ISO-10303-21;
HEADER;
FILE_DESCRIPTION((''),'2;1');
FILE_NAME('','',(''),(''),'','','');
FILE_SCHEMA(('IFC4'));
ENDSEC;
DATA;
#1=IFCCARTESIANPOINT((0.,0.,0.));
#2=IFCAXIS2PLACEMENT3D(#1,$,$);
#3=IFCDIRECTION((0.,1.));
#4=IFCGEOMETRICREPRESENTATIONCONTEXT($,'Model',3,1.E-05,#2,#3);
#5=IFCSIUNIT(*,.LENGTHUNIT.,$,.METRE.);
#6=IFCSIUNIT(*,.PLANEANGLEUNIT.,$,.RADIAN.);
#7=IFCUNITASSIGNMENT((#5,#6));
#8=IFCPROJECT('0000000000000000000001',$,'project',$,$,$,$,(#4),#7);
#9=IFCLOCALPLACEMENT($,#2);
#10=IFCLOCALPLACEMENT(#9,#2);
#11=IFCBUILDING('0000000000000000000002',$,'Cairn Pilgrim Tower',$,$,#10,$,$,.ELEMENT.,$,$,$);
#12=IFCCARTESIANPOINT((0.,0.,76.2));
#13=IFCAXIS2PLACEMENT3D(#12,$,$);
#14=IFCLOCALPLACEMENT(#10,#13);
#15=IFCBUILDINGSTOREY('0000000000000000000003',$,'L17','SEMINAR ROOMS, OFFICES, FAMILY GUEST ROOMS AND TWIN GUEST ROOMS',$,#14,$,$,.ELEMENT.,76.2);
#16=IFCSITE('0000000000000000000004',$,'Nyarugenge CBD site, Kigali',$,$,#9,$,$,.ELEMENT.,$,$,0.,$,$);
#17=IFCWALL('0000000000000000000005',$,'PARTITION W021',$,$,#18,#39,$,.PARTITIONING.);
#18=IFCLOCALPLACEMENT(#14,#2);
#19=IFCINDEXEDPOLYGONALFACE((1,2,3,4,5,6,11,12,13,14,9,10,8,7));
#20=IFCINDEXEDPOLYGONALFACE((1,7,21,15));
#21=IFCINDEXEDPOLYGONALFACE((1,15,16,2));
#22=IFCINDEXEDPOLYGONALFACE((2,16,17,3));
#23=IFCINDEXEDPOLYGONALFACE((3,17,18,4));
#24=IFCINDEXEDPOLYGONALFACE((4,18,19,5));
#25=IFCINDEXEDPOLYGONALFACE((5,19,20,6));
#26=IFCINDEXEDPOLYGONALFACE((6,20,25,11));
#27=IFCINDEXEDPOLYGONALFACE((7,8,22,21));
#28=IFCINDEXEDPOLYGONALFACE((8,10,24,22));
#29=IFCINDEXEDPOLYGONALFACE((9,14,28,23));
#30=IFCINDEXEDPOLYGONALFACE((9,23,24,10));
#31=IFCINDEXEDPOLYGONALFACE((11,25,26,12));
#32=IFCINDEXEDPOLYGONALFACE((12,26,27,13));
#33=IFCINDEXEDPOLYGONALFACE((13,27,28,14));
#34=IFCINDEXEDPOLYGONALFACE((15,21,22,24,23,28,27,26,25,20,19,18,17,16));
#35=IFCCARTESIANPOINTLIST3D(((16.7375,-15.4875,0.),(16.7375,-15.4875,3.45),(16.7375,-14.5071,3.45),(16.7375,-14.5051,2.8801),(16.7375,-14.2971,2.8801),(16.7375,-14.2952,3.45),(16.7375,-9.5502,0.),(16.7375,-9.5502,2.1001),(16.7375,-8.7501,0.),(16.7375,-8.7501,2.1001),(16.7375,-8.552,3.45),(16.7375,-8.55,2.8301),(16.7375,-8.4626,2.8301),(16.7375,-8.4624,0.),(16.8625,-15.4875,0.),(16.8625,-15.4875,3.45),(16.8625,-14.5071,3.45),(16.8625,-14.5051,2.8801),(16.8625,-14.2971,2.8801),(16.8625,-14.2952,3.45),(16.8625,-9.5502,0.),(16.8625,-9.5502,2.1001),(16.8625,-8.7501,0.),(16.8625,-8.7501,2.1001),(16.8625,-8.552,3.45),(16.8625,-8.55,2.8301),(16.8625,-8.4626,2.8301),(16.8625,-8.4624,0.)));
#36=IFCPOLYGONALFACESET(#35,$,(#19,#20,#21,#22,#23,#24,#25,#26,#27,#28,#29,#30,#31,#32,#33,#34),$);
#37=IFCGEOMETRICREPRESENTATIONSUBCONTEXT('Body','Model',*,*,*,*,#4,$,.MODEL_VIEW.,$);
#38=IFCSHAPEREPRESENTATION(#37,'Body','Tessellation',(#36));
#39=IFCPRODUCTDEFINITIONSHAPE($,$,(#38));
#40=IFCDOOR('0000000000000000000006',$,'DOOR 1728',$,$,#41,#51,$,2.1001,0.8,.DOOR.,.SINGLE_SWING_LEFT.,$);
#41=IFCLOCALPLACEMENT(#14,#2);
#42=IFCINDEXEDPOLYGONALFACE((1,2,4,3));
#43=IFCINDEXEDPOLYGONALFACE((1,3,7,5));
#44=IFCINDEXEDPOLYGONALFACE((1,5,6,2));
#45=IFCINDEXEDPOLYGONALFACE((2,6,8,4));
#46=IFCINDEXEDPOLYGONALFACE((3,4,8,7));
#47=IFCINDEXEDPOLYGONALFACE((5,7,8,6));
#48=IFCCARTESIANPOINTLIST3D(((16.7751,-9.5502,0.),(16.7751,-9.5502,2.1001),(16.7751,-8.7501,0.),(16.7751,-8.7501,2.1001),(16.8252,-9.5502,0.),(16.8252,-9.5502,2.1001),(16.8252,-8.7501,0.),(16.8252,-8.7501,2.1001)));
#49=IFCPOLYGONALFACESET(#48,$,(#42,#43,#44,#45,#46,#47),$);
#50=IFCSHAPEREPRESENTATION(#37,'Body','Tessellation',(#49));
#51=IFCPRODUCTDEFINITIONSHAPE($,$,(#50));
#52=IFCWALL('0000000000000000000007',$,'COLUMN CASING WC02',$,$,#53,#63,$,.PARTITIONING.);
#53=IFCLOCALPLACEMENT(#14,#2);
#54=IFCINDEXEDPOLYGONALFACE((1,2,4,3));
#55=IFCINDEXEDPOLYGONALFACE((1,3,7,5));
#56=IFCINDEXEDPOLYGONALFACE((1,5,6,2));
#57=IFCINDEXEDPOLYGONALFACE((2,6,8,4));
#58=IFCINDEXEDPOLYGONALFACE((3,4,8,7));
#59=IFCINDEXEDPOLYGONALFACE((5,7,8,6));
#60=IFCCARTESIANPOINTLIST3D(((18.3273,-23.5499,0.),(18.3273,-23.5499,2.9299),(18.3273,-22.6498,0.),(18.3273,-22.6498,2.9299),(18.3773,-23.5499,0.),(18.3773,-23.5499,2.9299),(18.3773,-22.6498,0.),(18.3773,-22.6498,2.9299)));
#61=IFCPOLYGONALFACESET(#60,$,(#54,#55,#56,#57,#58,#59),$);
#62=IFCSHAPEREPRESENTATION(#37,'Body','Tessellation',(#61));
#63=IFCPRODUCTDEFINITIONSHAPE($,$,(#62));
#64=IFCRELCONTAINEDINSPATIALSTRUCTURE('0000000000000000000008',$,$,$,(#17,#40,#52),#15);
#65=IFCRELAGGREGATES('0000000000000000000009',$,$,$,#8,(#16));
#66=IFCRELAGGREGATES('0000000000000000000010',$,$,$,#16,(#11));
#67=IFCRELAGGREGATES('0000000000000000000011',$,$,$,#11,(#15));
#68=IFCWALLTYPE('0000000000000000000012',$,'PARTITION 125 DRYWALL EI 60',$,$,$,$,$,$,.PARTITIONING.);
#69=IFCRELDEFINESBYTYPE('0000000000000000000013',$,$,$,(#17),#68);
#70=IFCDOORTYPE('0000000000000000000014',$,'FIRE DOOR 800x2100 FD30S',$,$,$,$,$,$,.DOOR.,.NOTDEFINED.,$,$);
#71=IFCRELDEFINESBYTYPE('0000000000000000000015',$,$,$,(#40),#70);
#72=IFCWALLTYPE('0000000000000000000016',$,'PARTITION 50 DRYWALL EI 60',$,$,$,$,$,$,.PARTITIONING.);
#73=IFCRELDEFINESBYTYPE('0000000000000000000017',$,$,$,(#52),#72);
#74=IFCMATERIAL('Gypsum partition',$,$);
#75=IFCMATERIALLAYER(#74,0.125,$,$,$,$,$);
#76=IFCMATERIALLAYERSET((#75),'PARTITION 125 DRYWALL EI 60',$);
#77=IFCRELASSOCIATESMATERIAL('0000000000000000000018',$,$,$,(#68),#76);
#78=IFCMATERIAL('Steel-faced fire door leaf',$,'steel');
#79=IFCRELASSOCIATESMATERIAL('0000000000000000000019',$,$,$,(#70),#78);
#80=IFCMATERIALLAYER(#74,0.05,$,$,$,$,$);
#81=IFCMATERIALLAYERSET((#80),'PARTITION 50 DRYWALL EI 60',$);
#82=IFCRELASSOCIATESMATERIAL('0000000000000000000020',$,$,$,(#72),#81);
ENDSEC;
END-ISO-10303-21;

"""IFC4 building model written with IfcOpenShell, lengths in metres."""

from ifc_helpers import new_model, si_unit, direction, frame, frame_2d, origin, place, context, subcontext, project, spatial, polyline, rectangle, outline, extrude, material, layer, layer_set, type_object, element, fill, save


model = new_model("IFC4")

# Units and contexts
model_context = context("Model", 3, precision=1e-05, world=origin(), true_north=direction((0.0, 1.0)))
body_context = subcontext(model_context, "Body", "Model", "MODEL_VIEW")
ifc_project = project(units=[si_unit("LENGTHUNIT", "METRE"), si_unit("PLANEANGLEUNIT", "RADIAN")], contexts=[model_context])

# Site, building, storey
site_placement = place(None, origin())
site = spatial("IfcSite", under=ifc_project, at=site_placement, Name="Nyarugenge CBD site, Kigali", CompositionType="ELEMENT", RefElevation=0.0)
building_placement = place(site_placement, origin())
building = spatial("IfcBuilding", under=site, at=building_placement, Name="Cairn Pilgrim Tower", CompositionType="ELEMENT")
storey_placement = place(building_placement, frame((0.0, 0.0, 76.2)))
storey = spatial("IfcBuildingStorey", under=building, at=storey_placement, Name="L17", Description="SEMINAR ROOMS, OFFICES, FAMILY GUEST ROOMS AND TWIN GUEST ROOMS", CompositionType="ELEMENT", Elevation=76.2)

# Shared definitions
ifc_material_1 = material(Name="Gypsum partition")
ifc_layer_1 = layer(ifc_material_1, 0.125)
ifc_layer_set_1 = layer_set([ifc_layer_1], Name="PARTITION 125 DRYWALL EI 60")
wall_type_1 = type_object("IfcWallType", Name="PARTITION 125 DRYWALL EI 60", PredefinedType="PARTITIONING", material=ifc_layer_set_1)

# Wall, opening, door
ifc_material_2 = material(Name="Steel-faced fire door leaf", Category="steel")
wall_1_placement = place(storey_placement, frame((16.8, -15.4875, 0.0), z_axis=(0.0, 0.0, 1.0), x_axis=(0.0, 1.0, 0.0)))
wall_1 = element("IfcWall", 1, at=wall_1_placement, inside=storey, type_object=wall_type_1, Name="PARTITION W021", PredefinedType="PARTITIONING", context=body_context, shape_type="SweptSolid", body=[
    extrude(outline(polyline([(0.0, 0.0), (7.0251, 0.0), (7.0249, 2.8301), (6.9375, 2.8301), (6.9355, 3.45), (1.1924, 3.45), (1.1904, 2.8801), (0.9824, 2.8801), (0.9805, 3.45), (0.0, 3.45), (0.0, 0.0)])), frame((0.0, 0.0625, 0.0), z_axis=(0.0, -1.0, 0.0), x_axis=(1.0, 0.0, 0.0)), (0.0, 0.0, 1.0), 0.125),
])
opening_1_placement = place(wall_1_placement, frame((5.9375, 0.0, 0.0)))
opening_1 = element("IfcOpeningElement", 2, at=opening_1_placement, cuts=wall_1, PredefinedType="OPENING", context=body_context, shape_type="SweptSolid", body=[
    extrude(rectangle(XDim=0.8, YDim=2.1001, at=frame_2d((0.3999, 1.05))), frame((0.0, 0.0725, 0.0), z_axis=(0.0, -1.0, 0.0), x_axis=(1.0, 0.0, 0.0)), (0.0, 0.0, 1.0), 0.145),
])
door_type_1 = type_object("IfcDoorType", Name="FIRE DOOR 800x2100 FD30S", OperationType="NOTDEFINED", PredefinedType="DOOR", material=ifc_material_2)
door_1_placement = place(opening_1_placement, origin())
door_1 = element("IfcDoor", 3, at=door_1_placement, inside=storey, type_object=door_type_1, Name="DOOR 1728", OperationType="SINGLE_SWING_LEFT", OverallHeight=2.1001, OverallWidth=0.8, PredefinedType="DOOR", context=body_context, shape_type="SweptSolid", body=[
    extrude(rectangle(XDim=0.8, YDim=2.1001, at=frame_2d((0.3999, 1.05))), frame((0.0, 0.0249, 0.0), z_axis=(0.0, -1.0, 0.0), x_axis=(1.0, 0.0, 0.0)), (0.0, 0.0, 1.0), 0.05),
])
fill(opening_1, door_1)

# Wall
ifc_layer_2 = layer(ifc_material_1, 0.05)
ifc_layer_set_2 = layer_set([ifc_layer_2], Name="PARTITION 50 DRYWALL EI 60")
wall_type_2 = type_object("IfcWallType", Name="PARTITION 50 DRYWALL EI 60", PredefinedType="PARTITIONING", material=ifc_layer_set_2)
wall_2_placement = place(storey_placement, frame((18.3523, -23.55, 0.0), z_axis=(0.0, 0.0, 1.0), x_axis=(0.0, 1.0, 0.0)))
element("IfcWall", 4, at=wall_2_placement, inside=storey, type_object=wall_type_2, Name="COLUMN CASING WC02", PredefinedType="PARTITIONING", context=body_context, shape_type="SweptSolid", body=[
    extrude(rectangle(XDim=0.9001, YDim=0.05, at=frame_2d((0.4502, 0.0))), origin(), (0.0, 0.0, 1.0), 2.9299),
])

save(model, "model.ifc")
